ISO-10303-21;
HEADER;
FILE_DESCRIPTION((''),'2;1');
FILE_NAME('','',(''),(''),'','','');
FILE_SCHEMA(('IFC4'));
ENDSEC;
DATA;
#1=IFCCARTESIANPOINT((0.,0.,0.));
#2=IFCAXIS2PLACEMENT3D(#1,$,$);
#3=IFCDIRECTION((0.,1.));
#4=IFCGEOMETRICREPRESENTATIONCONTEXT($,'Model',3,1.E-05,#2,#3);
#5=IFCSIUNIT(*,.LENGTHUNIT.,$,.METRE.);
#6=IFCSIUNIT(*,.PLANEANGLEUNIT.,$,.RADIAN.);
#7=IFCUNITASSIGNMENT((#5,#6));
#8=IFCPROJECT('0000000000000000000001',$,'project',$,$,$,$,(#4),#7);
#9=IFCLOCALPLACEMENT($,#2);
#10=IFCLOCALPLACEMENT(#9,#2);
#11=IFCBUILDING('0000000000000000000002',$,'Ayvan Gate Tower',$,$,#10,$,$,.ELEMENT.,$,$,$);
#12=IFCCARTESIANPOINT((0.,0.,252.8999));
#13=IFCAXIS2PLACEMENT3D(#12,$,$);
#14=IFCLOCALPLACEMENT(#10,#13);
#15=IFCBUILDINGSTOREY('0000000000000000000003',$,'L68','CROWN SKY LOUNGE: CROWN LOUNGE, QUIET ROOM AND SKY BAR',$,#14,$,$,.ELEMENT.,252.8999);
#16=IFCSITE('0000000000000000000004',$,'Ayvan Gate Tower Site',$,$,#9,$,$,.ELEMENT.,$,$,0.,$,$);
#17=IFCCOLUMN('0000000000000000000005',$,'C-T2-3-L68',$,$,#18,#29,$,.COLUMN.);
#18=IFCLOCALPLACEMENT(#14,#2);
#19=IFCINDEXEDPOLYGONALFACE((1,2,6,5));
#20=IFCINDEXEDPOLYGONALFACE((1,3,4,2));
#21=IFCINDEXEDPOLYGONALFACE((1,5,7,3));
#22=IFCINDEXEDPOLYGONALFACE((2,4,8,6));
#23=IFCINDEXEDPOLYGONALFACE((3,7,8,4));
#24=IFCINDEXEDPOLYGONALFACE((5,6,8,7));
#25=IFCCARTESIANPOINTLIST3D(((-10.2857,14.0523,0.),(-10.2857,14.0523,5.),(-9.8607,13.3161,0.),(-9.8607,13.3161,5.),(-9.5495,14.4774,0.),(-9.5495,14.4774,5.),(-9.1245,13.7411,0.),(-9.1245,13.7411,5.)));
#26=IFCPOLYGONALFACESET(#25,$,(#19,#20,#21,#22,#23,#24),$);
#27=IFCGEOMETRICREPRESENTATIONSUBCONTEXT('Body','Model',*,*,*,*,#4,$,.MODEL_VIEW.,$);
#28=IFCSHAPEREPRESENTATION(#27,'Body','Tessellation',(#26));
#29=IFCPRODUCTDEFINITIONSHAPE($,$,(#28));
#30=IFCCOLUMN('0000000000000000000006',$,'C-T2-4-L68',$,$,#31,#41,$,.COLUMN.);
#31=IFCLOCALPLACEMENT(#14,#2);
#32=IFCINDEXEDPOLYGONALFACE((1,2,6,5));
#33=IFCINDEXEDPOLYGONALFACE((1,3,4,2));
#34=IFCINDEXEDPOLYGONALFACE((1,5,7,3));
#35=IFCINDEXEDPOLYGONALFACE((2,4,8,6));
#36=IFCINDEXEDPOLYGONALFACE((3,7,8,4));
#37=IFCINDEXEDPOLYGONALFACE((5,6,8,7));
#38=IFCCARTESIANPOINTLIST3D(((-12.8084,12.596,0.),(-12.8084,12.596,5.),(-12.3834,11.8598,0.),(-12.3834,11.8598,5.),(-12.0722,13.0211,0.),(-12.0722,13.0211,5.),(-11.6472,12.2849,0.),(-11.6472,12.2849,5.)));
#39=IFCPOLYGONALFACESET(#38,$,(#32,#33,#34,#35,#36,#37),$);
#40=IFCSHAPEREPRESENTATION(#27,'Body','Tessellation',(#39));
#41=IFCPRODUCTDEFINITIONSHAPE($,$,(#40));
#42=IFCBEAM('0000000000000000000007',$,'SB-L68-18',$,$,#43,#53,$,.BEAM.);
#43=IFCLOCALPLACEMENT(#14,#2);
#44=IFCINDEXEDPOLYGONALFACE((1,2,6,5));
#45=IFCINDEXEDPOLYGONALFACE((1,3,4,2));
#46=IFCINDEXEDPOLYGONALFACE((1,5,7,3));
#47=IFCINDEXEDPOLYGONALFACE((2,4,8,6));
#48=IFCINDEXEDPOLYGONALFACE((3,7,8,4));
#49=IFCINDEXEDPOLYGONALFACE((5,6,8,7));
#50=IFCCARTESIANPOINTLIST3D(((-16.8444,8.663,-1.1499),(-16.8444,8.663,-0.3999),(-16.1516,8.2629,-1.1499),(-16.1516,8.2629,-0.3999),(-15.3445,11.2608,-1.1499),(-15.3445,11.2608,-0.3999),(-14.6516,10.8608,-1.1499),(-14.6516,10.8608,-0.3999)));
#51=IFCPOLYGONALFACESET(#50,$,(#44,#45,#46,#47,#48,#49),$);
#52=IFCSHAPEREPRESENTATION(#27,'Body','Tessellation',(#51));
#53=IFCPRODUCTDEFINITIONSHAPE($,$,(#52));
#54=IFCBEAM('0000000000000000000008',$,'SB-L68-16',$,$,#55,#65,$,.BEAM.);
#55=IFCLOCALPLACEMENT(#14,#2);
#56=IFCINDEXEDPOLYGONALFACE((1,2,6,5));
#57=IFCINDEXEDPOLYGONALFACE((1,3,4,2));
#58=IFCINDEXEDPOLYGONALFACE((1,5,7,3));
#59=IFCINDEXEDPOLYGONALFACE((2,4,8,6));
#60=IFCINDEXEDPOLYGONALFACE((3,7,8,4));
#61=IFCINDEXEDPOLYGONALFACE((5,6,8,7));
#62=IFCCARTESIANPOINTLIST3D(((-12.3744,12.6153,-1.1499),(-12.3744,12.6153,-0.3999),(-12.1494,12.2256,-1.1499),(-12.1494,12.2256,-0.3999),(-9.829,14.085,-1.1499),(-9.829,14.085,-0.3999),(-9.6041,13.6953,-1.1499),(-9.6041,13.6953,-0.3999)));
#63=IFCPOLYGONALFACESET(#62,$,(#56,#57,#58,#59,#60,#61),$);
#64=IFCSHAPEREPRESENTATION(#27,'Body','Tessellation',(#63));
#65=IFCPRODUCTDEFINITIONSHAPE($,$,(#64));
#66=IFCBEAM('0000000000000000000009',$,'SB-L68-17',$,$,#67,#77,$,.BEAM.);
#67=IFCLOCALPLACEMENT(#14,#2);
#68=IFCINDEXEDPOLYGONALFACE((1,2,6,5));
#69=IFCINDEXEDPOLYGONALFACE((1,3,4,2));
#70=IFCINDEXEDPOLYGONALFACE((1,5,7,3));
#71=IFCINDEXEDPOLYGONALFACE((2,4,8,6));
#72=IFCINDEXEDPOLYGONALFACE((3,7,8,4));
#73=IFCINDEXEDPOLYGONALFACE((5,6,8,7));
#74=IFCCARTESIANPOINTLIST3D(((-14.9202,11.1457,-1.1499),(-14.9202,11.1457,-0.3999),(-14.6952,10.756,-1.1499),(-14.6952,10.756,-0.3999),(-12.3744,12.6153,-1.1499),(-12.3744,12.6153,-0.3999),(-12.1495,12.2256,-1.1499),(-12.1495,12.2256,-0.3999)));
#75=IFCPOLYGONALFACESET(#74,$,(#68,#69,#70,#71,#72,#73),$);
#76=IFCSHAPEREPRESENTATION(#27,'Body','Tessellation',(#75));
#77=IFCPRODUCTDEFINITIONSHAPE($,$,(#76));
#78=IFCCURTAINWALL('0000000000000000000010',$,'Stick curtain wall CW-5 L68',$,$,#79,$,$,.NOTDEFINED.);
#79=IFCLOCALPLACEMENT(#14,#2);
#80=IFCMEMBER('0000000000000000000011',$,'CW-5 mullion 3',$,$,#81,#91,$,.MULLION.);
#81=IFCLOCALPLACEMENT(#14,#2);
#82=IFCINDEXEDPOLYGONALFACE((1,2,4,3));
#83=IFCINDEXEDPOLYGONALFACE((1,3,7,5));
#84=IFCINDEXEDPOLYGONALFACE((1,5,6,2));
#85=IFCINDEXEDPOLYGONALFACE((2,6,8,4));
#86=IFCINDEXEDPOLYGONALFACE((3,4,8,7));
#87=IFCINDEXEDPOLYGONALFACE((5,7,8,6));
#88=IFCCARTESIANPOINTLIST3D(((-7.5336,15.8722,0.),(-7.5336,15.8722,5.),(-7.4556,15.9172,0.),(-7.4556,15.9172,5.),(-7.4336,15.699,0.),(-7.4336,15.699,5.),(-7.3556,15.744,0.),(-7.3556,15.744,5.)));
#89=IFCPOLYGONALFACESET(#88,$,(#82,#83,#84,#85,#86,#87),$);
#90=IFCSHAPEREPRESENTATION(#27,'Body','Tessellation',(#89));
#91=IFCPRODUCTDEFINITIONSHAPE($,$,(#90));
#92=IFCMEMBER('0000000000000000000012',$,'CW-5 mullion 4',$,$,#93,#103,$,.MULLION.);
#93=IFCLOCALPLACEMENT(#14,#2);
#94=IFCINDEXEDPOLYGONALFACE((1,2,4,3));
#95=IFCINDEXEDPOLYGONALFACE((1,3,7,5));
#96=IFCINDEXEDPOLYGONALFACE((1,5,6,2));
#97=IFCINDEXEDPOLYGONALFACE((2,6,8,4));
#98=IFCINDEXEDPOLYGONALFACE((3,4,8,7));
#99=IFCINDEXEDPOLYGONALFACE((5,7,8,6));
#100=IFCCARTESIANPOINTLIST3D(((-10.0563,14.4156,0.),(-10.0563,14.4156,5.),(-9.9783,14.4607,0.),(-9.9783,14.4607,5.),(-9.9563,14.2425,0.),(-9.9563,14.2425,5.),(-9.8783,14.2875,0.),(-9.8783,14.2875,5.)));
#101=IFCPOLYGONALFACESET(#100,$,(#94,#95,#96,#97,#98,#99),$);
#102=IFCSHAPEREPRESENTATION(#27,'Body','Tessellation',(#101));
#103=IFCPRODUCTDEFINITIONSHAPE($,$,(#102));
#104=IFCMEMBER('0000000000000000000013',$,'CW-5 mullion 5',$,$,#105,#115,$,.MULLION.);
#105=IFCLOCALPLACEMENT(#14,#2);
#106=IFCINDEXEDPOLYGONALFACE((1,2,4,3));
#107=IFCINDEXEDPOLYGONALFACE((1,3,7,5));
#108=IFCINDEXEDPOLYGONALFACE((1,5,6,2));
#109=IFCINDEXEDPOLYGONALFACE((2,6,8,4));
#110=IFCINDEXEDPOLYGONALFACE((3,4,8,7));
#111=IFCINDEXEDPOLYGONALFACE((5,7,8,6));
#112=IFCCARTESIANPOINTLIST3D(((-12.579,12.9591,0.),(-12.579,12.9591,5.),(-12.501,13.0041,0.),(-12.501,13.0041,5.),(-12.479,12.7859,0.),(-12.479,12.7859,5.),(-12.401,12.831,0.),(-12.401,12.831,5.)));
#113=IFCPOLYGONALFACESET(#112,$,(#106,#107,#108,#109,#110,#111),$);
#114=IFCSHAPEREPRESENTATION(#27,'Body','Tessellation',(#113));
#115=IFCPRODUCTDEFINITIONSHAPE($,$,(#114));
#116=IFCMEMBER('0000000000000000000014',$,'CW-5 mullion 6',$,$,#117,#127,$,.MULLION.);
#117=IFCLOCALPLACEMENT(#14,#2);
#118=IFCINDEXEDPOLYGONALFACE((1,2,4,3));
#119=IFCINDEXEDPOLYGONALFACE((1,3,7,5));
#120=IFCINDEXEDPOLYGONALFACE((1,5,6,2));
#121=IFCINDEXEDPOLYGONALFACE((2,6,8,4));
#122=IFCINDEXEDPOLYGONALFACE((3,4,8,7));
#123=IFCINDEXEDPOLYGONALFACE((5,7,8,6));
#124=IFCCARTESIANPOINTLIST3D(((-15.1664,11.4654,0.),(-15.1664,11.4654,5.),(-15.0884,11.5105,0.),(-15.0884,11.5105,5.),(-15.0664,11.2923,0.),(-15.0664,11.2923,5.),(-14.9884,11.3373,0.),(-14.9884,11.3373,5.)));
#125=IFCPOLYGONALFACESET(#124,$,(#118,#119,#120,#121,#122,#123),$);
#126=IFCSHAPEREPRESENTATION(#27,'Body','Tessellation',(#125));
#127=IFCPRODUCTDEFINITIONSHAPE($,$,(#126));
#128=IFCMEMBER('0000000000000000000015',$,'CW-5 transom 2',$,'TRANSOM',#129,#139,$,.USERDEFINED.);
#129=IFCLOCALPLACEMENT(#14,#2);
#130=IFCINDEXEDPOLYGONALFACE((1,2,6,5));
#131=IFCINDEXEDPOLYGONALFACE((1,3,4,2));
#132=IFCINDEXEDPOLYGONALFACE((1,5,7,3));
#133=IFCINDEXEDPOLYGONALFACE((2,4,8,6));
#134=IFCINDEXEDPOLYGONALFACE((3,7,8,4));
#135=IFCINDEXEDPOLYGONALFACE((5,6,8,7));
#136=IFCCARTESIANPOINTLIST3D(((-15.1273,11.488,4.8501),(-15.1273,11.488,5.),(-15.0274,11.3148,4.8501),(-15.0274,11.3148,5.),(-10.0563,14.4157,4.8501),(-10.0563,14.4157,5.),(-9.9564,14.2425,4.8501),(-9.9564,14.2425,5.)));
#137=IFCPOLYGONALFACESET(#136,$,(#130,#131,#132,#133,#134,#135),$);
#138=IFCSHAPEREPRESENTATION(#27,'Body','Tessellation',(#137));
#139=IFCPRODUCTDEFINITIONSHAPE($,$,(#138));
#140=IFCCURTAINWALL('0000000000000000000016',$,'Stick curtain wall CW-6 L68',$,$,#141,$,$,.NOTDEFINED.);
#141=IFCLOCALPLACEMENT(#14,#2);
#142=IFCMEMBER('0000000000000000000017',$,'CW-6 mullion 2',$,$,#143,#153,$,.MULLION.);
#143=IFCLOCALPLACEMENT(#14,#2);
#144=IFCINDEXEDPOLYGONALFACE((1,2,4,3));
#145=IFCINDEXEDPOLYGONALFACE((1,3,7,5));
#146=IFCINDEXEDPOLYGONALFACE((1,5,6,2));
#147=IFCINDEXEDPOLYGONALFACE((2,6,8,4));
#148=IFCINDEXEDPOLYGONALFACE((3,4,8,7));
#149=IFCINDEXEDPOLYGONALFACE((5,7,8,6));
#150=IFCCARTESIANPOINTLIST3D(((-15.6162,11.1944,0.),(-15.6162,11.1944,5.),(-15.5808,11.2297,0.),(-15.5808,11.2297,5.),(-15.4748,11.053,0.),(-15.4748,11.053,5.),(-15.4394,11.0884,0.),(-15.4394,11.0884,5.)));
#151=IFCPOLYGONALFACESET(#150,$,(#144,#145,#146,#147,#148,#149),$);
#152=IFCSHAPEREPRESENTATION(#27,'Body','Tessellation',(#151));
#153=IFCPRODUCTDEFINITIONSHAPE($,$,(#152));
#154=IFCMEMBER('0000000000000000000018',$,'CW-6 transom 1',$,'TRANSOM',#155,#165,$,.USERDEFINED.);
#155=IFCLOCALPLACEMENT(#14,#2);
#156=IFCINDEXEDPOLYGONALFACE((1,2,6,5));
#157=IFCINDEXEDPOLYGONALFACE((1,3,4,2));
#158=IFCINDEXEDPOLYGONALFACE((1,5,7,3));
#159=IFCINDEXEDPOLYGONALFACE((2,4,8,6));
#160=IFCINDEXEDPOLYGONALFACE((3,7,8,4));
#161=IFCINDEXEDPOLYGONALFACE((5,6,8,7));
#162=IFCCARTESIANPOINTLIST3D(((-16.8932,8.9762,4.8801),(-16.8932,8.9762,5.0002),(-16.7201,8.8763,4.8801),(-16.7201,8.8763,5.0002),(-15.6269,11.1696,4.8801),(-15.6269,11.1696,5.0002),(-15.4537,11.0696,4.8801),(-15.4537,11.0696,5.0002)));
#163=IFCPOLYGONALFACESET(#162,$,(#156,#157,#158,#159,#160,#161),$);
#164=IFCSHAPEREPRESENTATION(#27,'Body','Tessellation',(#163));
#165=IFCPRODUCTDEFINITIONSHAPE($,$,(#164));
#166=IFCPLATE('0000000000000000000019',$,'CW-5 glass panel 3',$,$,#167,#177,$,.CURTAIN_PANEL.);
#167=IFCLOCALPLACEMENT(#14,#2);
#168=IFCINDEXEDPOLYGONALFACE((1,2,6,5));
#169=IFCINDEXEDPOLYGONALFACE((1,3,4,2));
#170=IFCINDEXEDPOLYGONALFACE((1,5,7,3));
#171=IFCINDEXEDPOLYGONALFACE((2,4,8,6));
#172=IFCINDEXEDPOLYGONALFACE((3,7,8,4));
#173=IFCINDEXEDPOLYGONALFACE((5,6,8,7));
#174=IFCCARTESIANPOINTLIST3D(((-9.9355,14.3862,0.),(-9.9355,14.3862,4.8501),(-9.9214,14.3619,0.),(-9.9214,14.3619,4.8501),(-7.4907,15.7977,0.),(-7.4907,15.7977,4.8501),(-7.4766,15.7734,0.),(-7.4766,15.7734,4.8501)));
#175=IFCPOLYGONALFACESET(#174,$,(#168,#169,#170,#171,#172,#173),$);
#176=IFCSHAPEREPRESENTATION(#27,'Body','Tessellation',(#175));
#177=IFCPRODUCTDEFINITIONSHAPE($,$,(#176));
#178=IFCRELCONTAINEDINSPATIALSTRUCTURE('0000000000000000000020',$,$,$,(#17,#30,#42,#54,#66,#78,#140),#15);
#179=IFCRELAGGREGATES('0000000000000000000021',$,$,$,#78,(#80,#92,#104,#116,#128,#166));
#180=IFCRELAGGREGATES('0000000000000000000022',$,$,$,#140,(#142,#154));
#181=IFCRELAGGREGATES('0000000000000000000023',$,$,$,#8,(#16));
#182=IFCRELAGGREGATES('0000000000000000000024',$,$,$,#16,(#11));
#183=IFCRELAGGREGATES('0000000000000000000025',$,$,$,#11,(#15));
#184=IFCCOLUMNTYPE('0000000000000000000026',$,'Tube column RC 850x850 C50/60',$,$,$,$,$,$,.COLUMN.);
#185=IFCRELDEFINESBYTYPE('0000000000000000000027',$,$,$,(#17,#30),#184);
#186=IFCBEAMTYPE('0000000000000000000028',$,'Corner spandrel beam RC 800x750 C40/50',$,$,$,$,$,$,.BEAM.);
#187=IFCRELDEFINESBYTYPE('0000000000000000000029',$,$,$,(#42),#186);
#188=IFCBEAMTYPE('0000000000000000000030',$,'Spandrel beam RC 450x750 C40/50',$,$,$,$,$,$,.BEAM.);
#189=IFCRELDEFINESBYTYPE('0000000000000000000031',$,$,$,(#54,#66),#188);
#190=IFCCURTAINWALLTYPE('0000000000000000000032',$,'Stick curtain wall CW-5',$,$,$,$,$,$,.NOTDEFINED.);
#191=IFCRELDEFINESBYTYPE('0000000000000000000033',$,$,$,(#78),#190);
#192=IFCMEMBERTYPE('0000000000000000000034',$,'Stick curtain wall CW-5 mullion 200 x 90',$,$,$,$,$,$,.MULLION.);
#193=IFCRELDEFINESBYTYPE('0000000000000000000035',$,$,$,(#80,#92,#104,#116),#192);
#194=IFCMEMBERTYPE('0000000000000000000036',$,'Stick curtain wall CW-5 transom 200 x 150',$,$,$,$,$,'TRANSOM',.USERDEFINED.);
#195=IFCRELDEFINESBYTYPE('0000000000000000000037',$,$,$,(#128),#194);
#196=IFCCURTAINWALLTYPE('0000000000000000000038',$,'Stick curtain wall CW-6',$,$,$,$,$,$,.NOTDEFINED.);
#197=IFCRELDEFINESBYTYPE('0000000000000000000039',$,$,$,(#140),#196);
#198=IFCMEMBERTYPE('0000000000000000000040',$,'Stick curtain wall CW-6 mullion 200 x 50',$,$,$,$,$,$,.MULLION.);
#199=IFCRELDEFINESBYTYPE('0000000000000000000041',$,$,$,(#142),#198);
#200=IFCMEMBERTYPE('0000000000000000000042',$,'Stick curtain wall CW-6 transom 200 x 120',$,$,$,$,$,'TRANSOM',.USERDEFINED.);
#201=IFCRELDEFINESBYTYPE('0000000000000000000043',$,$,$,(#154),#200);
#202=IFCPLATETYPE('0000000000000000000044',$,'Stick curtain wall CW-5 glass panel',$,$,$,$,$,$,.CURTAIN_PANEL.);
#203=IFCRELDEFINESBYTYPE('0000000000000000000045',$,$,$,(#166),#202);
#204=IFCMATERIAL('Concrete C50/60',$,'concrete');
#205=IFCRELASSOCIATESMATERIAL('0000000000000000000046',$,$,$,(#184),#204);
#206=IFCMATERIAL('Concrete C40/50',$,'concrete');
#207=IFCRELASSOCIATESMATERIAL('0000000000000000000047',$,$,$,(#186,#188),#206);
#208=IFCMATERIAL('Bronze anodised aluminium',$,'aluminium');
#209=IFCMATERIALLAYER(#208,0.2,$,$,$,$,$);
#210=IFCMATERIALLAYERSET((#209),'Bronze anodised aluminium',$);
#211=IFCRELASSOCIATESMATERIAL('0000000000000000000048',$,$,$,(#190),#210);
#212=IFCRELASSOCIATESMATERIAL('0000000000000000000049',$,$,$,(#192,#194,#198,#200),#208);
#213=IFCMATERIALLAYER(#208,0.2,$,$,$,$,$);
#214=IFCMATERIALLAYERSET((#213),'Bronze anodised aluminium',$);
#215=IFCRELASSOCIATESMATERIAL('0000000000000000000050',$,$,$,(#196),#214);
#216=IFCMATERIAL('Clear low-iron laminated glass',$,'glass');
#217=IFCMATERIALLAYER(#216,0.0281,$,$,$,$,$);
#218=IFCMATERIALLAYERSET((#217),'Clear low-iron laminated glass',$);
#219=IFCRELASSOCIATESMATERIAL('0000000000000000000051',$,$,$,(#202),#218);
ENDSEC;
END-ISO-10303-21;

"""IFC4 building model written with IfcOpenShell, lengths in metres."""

from ifc_helpers import new_model, si_unit, direction, frame, origin, origin_2d, place, context, subcontext, project, spatial, rectangle, extrude, material, layer, layer_set, material_profile, profile_set, type_object, element, aggregate, save


model = new_model("IFC4")

# Units and contexts
model_context = context("Model", 3, precision=1e-05, world=origin(), true_north=direction((0.0, 1.0)))
body_context = subcontext(model_context, "Body", "Model", "MODEL_VIEW")
ifc_project = project(units=[si_unit("LENGTHUNIT", "METRE"), si_unit("PLANEANGLEUNIT", "RADIAN")], contexts=[model_context])

# Site, building, storey
site_placement = place(None, origin())
site = spatial("IfcSite", under=ifc_project, at=site_placement, Name="Ayvan Gate Tower Site", CompositionType="ELEMENT", RefElevation=0.0)
building_placement = place(site_placement, origin())
building = spatial("IfcBuilding", under=site, at=building_placement, Name="Ayvan Gate Tower", CompositionType="ELEMENT")
storey_placement = place(building_placement, frame((0.0, 0.0, 252.8999)))
storey = spatial("IfcBuildingStorey", under=building, at=storey_placement, Name="L68", Description="CROWN SKY LOUNGE: CROWN LOUNGE, QUIET ROOM AND SKY BAR", CompositionType="ELEMENT", Elevation=252.8999)

# Columns
ifc_material_1 = material(Name="Concrete C50/60", Category="concrete")
ifc_material_profile_1 = material_profile(ifc_material_1, rectangle(XDim=0.8501, YDim=0.8501, at=origin_2d()), Name="RC 850x850")
ifc_profile_set_1 = profile_set([ifc_material_profile_1], Name="Concrete C50/60")
column_type = type_object("IfcColumnType", Name="Tube column RC 850x850 C50/60", PredefinedType="COLUMN", material=ifc_profile_set_1)
for number, where, z_axis, x_axis, name in (
    (1, (-9.7051, 13.8967, 0.0), (0.0, 0.0, 1.0), (-0.5, 0.866025, 0.0), "C-T2-3-L68"),
    (2, (-12.2278, 12.4404, 0.0), (0.0, 0.0, 1.0), (-0.5, 0.866025, 0.0), "C-T2-4-L68"),
):
    element("IfcColumn", number, at=place(storey_placement, frame(where, z_axis=z_axis, x_axis=x_axis)), inside=storey, type_object=column_type, Name=name, PredefinedType="COLUMN", context=body_context, shape_type="SweptSolid", body=[
        extrude(rectangle(XDim=0.8501, YDim=0.8501, at=origin_2d()), origin(), (0.0, 0.0, 1.0), 5.0),
    ])

# Beams
ifc_material_2 = material(Name="Concrete C40/50", Category="concrete")
ifc_material_profile_2 = material_profile(ifc_material_2, rectangle(XDim=0.8, YDim=0.75, at=origin_2d()), Name="RC 800x750")
ifc_profile_set_2 = profile_set([ifc_material_profile_2], Name="Concrete C40/50")
beam_type_1 = type_object("IfcBeamType", Name="Corner spandrel beam RC 800x750 C40/50", PredefinedType="BEAM", material=ifc_profile_set_2)
beam_1_placement = place(storey_placement, frame((-14.998, 11.0608, -0.7749), z_axis=(-0.500025, -0.866011, 0.0), x_axis=(0.866011, -0.500025, 0.0)))
element("IfcBeam", 3, at=beam_1_placement, inside=storey, type_object=beam_type_1, Name="SB-L68-18", PredefinedType="BEAM", context=body_context, shape_type="SweptSolid", body=[
    extrude(rectangle(XDim=0.8, YDim=0.75, at=origin_2d()), origin(), (0.0, 0.0, 1.0), 2.9998),
])
ifc_material_profile_3 = material_profile(ifc_material_2, rectangle(XDim=0.45, YDim=0.75, at=origin_2d()), Name="RC 450x750")
ifc_profile_set_3 = profile_set([ifc_material_profile_3], Name="Concrete C40/50")
beam_type_2 = type_object("IfcBeamType", Name="Spandrel beam RC 450x750 C40/50", PredefinedType="BEAM", material=ifc_profile_set_3)
beam_2_placement = place(storey_placement, frame((-9.7166, 13.8901, -0.7749), z_axis=(-0.866006, -0.500034, 0.0), x_axis=(0.500034, -0.866006, 0.0)))
element("IfcBeam", 4, at=beam_2_placement, inside=storey, type_object=beam_type_2, Name="SB-L68-16", PredefinedType="BEAM", context=body_context, shape_type="SweptSolid", body=[
    extrude(rectangle(XDim=0.45, YDim=0.75, at=origin_2d()), origin(), (0.0, 0.0, 1.0), 2.9392),
])
beam_3_placement = place(storey_placement, frame((-12.262, 12.4204, -0.7749), z_axis=(-0.866062, -0.499936, 0.0), x_axis=(0.499936, -0.866062, 0.0)))
element("IfcBeam", 5, at=beam_3_placement, inside=storey, type_object=beam_type_2, Name="SB-L68-17", PredefinedType="BEAM", context=body_context, shape_type="SweptSolid", body=[
    extrude(rectangle(XDim=0.45, YDim=0.75, at=origin_2d()), origin(), (0.0, 0.0, 1.0), 2.9395),
])

# Curtain walls, members
ifc_material_3 = material(Name="Bronze anodised aluminium", Category="aluminium")
ifc_layer_1 = layer(ifc_material_3, 0.2)
ifc_layer_set_1 = layer_set([ifc_layer_1], Name="Bronze anodised aluminium")
curtain_wall_type_1 = type_object("IfcCurtainWallType", Name="Stick curtain wall CW-5", PredefinedType="NOTDEFINED", material=ifc_layer_set_1)
curtain_wall_1_placement = place(storey_placement, origin())
curtain_wall_1 = element("IfcCurtainWall", 6, at=curtain_wall_1_placement, inside=storey, type_object=curtain_wall_type_1, Name="Stick curtain wall CW-5 L68", PredefinedType="NOTDEFINED")
ifc_material_profile_4 = material_profile(ifc_material_3, rectangle(XDim=0.2, YDim=0.0901, at=origin_2d()), Name="Stick curtain wall CW-5 mullion 200 x 90")
ifc_profile_set_4 = profile_set([ifc_material_profile_4], Name="Bronze anodised aluminium")
member_type_1 = type_object("IfcMemberType", Name="Stick curtain wall CW-5 mullion 200 x 90", PredefinedType="MULLION", material=ifc_profile_set_4)
member_1_placement = place(storey_placement, frame((-7.4446, 15.8081, 0.0), z_axis=(0.0, 0.0, 1.0), x_axis=(-0.5, 0.866025, 0.0)))
member_1 = element("IfcMember", 7, at=member_1_placement, type_object=member_type_1, Name="CW-5 mullion 3", PredefinedType="MULLION", context=body_context, shape_type="SweptSolid", body=[
    extrude(rectangle(XDim=0.2, YDim=0.0901, at=origin_2d()), origin(), (0.0, 0.0, 1.0), 5.0),
])
member_2_placement = place(storey_placement, frame((-9.9673, 14.3516, 0.0), z_axis=(0.0, 0.0, 1.0), x_axis=(-0.5, 0.866025, 0.0)))
member_2 = element("IfcMember", 8, at=member_2_placement, type_object=member_type_1, Name="CW-5 mullion 4", PredefinedType="MULLION", context=body_context, shape_type="SweptSolid", body=[
    extrude(rectangle(XDim=0.2, YDim=0.0901, at=origin_2d()), origin(), (0.0, 0.0, 1.0), 5.0),
])
member_3_placement = place(storey_placement, frame((-12.49, 12.895, 0.0), z_axis=(0.0, 0.0, 1.0), x_axis=(-0.5, 0.866025, 0.0)))
member_3 = element("IfcMember", 9, at=member_3_placement, type_object=member_type_1, Name="CW-5 mullion 5", PredefinedType="MULLION", context=body_context, shape_type="SweptSolid", body=[
    extrude(rectangle(XDim=0.2, YDim=0.0901, at=origin_2d()), origin(), (0.0, 0.0, 1.0), 5.0),
])
member_4_placement = place(storey_placement, frame((-15.0774, 11.4014, 0.0), z_axis=(0.0, 0.0, 1.0), x_axis=(-0.5, 0.866025, 0.0)))
member_4 = element("IfcMember", 10, at=member_4_placement, type_object=member_type_1, Name="CW-5 mullion 6", PredefinedType="MULLION", context=body_context, shape_type="SweptSolid", body=[
    extrude(rectangle(XDim=0.2, YDim=0.0901, at=origin_2d()), origin(), (0.0, 0.0, 1.0), 5.0),
])
ifc_material_profile_5 = material_profile(ifc_material_3, rectangle(XDim=0.2, YDim=0.1499, at=origin_2d()), Name="Stick curtain wall CW-5 transom 200 x 150")
ifc_profile_set_5 = profile_set([ifc_material_profile_5], Name="Bronze anodised aluminium")
member_type_2 = type_object("IfcMemberType", Name="Stick curtain wall CW-5 transom 200 x 150", ElementType="TRANSOM", PredefinedType="USERDEFINED", material=ifc_profile_set_5)
member_5_placement = place(storey_placement, frame((-10.0063, 14.3291, 4.925), z_axis=(-0.866028, -0.499996, 0.0), x_axis=(0.499996, -0.866028, 0.0)))
member_5 = element("IfcMember", 11, at=member_5_placement, type_object=member_type_2, Name="CW-5 transom 2", ObjectType="TRANSOM", PredefinedType="USERDEFINED", context=body_context, shape_type="SweptSolid", body=[
    extrude(rectangle(XDim=0.2, YDim=0.1499, at=origin_2d()), origin(), (0.0, 0.0, 1.0), 5.8555),
])
ifc_layer_2 = layer(ifc_material_3, 0.2)
ifc_layer_set_2 = layer_set([ifc_layer_2], Name="Bronze anodised aluminium")
curtain_wall_type_2 = type_object("IfcCurtainWallType", Name="Stick curtain wall CW-6", PredefinedType="NOTDEFINED", material=ifc_layer_set_2)
curtain_wall_2_placement = place(storey_placement, origin())
curtain_wall_2 = element("IfcCurtainWall", 12, at=curtain_wall_2_placement, inside=storey, type_object=curtain_wall_type_2, Name="Stick curtain wall CW-6 L68", PredefinedType="NOTDEFINED")
ifc_material_profile_6 = material_profile(ifc_material_3, rectangle(XDim=0.2, YDim=0.05, at=origin_2d()), Name="Stick curtain wall CW-6 mullion 200 x 50")
ifc_profile_set_6 = profile_set([ifc_material_profile_6], Name="Bronze anodised aluminium")
member_type_3 = type_object("IfcMemberType", Name="Stick curtain wall CW-6 mullion 200 x 50", PredefinedType="MULLION", material=ifc_profile_set_6)
member_6_placement = place(storey_placement, frame((-15.5278, 11.1414, 0.0), z_axis=(0.0, 0.0, 1.0), x_axis=(-0.707107, 0.707107, 0.0)))
member_6 = element("IfcMember", 13, at=member_6_placement, type_object=member_type_3, Name="CW-6 mullion 2", PredefinedType="MULLION", context=body_context, shape_type="SweptSolid", body=[
    extrude(rectangle(XDim=0.2, YDim=0.05, at=origin_2d()), origin(), (0.0, 0.0, 1.0), 5.0),
])
ifc_material_profile_7 = material_profile(ifc_material_3, rectangle(XDim=0.2, YDim=0.1201, at=origin_2d()), Name="Stick curtain wall CW-6 transom 200 x 120")
ifc_profile_set_7 = profile_set([ifc_material_profile_7], Name="Bronze anodised aluminium")
member_type_4 = type_object("IfcMemberType", Name="Stick curtain wall CW-6 transom 200 x 120", ElementType="TRANSOM", PredefinedType="USERDEFINED", material=ifc_profile_set_7)
member_7_placement = place(storey_placement, frame((-15.5403, 11.1196, 4.9402), z_axis=(-0.500006, -0.866022, 0.0), x_axis=(0.866022, -0.500006, 0.0)))
member_7 = element("IfcMember", 14, at=member_7_placement, type_object=member_type_4, Name="CW-6 transom 1", ObjectType="TRANSOM", PredefinedType="USERDEFINED", context=body_context, shape_type="SweptSolid", body=[
    extrude(rectangle(XDim=0.2, YDim=0.1201, at=origin_2d()), origin(), (0.0, 0.0, 1.0), 2.5327),
])

# Plate
ifc_material_4 = material(Name="Clear low-iron laminated glass", Category="glass")
ifc_layer_3 = layer(ifc_material_4, 0.0281)
ifc_layer_set_3 = layer_set([ifc_layer_3], Name="Clear low-iron laminated glass")
plate_type_1 = type_object("IfcPlateType", Name="Stick curtain wall CW-5 glass panel", PredefinedType="CURTAIN_PANEL", material=ifc_layer_set_3)
plate_1_placement = place(storey_placement, frame((-8.7061, 15.0798, 0.0), z_axis=(0.0, 0.0, 1.0), x_axis=(-0.866025, -0.5, 0.0)))
plate_1 = element("IfcPlate", 15, at=plate_1_placement, type_object=plate_type_1, Name="CW-5 glass panel 3", PredefinedType="CURTAIN_PANEL", context=body_context, shape_type="SweptSolid", body=[
    extrude(rectangle(XDim=2.823, YDim=0.0281, at=origin_2d()), origin(), (0.0, 0.0, 1.0), 4.8501),
])
aggregate(curtain_wall_1, [member_1, member_2, member_3, member_4, member_5, plate_1])
aggregate(curtain_wall_2, [member_6, member_7])

save(model, "model.ifc")
